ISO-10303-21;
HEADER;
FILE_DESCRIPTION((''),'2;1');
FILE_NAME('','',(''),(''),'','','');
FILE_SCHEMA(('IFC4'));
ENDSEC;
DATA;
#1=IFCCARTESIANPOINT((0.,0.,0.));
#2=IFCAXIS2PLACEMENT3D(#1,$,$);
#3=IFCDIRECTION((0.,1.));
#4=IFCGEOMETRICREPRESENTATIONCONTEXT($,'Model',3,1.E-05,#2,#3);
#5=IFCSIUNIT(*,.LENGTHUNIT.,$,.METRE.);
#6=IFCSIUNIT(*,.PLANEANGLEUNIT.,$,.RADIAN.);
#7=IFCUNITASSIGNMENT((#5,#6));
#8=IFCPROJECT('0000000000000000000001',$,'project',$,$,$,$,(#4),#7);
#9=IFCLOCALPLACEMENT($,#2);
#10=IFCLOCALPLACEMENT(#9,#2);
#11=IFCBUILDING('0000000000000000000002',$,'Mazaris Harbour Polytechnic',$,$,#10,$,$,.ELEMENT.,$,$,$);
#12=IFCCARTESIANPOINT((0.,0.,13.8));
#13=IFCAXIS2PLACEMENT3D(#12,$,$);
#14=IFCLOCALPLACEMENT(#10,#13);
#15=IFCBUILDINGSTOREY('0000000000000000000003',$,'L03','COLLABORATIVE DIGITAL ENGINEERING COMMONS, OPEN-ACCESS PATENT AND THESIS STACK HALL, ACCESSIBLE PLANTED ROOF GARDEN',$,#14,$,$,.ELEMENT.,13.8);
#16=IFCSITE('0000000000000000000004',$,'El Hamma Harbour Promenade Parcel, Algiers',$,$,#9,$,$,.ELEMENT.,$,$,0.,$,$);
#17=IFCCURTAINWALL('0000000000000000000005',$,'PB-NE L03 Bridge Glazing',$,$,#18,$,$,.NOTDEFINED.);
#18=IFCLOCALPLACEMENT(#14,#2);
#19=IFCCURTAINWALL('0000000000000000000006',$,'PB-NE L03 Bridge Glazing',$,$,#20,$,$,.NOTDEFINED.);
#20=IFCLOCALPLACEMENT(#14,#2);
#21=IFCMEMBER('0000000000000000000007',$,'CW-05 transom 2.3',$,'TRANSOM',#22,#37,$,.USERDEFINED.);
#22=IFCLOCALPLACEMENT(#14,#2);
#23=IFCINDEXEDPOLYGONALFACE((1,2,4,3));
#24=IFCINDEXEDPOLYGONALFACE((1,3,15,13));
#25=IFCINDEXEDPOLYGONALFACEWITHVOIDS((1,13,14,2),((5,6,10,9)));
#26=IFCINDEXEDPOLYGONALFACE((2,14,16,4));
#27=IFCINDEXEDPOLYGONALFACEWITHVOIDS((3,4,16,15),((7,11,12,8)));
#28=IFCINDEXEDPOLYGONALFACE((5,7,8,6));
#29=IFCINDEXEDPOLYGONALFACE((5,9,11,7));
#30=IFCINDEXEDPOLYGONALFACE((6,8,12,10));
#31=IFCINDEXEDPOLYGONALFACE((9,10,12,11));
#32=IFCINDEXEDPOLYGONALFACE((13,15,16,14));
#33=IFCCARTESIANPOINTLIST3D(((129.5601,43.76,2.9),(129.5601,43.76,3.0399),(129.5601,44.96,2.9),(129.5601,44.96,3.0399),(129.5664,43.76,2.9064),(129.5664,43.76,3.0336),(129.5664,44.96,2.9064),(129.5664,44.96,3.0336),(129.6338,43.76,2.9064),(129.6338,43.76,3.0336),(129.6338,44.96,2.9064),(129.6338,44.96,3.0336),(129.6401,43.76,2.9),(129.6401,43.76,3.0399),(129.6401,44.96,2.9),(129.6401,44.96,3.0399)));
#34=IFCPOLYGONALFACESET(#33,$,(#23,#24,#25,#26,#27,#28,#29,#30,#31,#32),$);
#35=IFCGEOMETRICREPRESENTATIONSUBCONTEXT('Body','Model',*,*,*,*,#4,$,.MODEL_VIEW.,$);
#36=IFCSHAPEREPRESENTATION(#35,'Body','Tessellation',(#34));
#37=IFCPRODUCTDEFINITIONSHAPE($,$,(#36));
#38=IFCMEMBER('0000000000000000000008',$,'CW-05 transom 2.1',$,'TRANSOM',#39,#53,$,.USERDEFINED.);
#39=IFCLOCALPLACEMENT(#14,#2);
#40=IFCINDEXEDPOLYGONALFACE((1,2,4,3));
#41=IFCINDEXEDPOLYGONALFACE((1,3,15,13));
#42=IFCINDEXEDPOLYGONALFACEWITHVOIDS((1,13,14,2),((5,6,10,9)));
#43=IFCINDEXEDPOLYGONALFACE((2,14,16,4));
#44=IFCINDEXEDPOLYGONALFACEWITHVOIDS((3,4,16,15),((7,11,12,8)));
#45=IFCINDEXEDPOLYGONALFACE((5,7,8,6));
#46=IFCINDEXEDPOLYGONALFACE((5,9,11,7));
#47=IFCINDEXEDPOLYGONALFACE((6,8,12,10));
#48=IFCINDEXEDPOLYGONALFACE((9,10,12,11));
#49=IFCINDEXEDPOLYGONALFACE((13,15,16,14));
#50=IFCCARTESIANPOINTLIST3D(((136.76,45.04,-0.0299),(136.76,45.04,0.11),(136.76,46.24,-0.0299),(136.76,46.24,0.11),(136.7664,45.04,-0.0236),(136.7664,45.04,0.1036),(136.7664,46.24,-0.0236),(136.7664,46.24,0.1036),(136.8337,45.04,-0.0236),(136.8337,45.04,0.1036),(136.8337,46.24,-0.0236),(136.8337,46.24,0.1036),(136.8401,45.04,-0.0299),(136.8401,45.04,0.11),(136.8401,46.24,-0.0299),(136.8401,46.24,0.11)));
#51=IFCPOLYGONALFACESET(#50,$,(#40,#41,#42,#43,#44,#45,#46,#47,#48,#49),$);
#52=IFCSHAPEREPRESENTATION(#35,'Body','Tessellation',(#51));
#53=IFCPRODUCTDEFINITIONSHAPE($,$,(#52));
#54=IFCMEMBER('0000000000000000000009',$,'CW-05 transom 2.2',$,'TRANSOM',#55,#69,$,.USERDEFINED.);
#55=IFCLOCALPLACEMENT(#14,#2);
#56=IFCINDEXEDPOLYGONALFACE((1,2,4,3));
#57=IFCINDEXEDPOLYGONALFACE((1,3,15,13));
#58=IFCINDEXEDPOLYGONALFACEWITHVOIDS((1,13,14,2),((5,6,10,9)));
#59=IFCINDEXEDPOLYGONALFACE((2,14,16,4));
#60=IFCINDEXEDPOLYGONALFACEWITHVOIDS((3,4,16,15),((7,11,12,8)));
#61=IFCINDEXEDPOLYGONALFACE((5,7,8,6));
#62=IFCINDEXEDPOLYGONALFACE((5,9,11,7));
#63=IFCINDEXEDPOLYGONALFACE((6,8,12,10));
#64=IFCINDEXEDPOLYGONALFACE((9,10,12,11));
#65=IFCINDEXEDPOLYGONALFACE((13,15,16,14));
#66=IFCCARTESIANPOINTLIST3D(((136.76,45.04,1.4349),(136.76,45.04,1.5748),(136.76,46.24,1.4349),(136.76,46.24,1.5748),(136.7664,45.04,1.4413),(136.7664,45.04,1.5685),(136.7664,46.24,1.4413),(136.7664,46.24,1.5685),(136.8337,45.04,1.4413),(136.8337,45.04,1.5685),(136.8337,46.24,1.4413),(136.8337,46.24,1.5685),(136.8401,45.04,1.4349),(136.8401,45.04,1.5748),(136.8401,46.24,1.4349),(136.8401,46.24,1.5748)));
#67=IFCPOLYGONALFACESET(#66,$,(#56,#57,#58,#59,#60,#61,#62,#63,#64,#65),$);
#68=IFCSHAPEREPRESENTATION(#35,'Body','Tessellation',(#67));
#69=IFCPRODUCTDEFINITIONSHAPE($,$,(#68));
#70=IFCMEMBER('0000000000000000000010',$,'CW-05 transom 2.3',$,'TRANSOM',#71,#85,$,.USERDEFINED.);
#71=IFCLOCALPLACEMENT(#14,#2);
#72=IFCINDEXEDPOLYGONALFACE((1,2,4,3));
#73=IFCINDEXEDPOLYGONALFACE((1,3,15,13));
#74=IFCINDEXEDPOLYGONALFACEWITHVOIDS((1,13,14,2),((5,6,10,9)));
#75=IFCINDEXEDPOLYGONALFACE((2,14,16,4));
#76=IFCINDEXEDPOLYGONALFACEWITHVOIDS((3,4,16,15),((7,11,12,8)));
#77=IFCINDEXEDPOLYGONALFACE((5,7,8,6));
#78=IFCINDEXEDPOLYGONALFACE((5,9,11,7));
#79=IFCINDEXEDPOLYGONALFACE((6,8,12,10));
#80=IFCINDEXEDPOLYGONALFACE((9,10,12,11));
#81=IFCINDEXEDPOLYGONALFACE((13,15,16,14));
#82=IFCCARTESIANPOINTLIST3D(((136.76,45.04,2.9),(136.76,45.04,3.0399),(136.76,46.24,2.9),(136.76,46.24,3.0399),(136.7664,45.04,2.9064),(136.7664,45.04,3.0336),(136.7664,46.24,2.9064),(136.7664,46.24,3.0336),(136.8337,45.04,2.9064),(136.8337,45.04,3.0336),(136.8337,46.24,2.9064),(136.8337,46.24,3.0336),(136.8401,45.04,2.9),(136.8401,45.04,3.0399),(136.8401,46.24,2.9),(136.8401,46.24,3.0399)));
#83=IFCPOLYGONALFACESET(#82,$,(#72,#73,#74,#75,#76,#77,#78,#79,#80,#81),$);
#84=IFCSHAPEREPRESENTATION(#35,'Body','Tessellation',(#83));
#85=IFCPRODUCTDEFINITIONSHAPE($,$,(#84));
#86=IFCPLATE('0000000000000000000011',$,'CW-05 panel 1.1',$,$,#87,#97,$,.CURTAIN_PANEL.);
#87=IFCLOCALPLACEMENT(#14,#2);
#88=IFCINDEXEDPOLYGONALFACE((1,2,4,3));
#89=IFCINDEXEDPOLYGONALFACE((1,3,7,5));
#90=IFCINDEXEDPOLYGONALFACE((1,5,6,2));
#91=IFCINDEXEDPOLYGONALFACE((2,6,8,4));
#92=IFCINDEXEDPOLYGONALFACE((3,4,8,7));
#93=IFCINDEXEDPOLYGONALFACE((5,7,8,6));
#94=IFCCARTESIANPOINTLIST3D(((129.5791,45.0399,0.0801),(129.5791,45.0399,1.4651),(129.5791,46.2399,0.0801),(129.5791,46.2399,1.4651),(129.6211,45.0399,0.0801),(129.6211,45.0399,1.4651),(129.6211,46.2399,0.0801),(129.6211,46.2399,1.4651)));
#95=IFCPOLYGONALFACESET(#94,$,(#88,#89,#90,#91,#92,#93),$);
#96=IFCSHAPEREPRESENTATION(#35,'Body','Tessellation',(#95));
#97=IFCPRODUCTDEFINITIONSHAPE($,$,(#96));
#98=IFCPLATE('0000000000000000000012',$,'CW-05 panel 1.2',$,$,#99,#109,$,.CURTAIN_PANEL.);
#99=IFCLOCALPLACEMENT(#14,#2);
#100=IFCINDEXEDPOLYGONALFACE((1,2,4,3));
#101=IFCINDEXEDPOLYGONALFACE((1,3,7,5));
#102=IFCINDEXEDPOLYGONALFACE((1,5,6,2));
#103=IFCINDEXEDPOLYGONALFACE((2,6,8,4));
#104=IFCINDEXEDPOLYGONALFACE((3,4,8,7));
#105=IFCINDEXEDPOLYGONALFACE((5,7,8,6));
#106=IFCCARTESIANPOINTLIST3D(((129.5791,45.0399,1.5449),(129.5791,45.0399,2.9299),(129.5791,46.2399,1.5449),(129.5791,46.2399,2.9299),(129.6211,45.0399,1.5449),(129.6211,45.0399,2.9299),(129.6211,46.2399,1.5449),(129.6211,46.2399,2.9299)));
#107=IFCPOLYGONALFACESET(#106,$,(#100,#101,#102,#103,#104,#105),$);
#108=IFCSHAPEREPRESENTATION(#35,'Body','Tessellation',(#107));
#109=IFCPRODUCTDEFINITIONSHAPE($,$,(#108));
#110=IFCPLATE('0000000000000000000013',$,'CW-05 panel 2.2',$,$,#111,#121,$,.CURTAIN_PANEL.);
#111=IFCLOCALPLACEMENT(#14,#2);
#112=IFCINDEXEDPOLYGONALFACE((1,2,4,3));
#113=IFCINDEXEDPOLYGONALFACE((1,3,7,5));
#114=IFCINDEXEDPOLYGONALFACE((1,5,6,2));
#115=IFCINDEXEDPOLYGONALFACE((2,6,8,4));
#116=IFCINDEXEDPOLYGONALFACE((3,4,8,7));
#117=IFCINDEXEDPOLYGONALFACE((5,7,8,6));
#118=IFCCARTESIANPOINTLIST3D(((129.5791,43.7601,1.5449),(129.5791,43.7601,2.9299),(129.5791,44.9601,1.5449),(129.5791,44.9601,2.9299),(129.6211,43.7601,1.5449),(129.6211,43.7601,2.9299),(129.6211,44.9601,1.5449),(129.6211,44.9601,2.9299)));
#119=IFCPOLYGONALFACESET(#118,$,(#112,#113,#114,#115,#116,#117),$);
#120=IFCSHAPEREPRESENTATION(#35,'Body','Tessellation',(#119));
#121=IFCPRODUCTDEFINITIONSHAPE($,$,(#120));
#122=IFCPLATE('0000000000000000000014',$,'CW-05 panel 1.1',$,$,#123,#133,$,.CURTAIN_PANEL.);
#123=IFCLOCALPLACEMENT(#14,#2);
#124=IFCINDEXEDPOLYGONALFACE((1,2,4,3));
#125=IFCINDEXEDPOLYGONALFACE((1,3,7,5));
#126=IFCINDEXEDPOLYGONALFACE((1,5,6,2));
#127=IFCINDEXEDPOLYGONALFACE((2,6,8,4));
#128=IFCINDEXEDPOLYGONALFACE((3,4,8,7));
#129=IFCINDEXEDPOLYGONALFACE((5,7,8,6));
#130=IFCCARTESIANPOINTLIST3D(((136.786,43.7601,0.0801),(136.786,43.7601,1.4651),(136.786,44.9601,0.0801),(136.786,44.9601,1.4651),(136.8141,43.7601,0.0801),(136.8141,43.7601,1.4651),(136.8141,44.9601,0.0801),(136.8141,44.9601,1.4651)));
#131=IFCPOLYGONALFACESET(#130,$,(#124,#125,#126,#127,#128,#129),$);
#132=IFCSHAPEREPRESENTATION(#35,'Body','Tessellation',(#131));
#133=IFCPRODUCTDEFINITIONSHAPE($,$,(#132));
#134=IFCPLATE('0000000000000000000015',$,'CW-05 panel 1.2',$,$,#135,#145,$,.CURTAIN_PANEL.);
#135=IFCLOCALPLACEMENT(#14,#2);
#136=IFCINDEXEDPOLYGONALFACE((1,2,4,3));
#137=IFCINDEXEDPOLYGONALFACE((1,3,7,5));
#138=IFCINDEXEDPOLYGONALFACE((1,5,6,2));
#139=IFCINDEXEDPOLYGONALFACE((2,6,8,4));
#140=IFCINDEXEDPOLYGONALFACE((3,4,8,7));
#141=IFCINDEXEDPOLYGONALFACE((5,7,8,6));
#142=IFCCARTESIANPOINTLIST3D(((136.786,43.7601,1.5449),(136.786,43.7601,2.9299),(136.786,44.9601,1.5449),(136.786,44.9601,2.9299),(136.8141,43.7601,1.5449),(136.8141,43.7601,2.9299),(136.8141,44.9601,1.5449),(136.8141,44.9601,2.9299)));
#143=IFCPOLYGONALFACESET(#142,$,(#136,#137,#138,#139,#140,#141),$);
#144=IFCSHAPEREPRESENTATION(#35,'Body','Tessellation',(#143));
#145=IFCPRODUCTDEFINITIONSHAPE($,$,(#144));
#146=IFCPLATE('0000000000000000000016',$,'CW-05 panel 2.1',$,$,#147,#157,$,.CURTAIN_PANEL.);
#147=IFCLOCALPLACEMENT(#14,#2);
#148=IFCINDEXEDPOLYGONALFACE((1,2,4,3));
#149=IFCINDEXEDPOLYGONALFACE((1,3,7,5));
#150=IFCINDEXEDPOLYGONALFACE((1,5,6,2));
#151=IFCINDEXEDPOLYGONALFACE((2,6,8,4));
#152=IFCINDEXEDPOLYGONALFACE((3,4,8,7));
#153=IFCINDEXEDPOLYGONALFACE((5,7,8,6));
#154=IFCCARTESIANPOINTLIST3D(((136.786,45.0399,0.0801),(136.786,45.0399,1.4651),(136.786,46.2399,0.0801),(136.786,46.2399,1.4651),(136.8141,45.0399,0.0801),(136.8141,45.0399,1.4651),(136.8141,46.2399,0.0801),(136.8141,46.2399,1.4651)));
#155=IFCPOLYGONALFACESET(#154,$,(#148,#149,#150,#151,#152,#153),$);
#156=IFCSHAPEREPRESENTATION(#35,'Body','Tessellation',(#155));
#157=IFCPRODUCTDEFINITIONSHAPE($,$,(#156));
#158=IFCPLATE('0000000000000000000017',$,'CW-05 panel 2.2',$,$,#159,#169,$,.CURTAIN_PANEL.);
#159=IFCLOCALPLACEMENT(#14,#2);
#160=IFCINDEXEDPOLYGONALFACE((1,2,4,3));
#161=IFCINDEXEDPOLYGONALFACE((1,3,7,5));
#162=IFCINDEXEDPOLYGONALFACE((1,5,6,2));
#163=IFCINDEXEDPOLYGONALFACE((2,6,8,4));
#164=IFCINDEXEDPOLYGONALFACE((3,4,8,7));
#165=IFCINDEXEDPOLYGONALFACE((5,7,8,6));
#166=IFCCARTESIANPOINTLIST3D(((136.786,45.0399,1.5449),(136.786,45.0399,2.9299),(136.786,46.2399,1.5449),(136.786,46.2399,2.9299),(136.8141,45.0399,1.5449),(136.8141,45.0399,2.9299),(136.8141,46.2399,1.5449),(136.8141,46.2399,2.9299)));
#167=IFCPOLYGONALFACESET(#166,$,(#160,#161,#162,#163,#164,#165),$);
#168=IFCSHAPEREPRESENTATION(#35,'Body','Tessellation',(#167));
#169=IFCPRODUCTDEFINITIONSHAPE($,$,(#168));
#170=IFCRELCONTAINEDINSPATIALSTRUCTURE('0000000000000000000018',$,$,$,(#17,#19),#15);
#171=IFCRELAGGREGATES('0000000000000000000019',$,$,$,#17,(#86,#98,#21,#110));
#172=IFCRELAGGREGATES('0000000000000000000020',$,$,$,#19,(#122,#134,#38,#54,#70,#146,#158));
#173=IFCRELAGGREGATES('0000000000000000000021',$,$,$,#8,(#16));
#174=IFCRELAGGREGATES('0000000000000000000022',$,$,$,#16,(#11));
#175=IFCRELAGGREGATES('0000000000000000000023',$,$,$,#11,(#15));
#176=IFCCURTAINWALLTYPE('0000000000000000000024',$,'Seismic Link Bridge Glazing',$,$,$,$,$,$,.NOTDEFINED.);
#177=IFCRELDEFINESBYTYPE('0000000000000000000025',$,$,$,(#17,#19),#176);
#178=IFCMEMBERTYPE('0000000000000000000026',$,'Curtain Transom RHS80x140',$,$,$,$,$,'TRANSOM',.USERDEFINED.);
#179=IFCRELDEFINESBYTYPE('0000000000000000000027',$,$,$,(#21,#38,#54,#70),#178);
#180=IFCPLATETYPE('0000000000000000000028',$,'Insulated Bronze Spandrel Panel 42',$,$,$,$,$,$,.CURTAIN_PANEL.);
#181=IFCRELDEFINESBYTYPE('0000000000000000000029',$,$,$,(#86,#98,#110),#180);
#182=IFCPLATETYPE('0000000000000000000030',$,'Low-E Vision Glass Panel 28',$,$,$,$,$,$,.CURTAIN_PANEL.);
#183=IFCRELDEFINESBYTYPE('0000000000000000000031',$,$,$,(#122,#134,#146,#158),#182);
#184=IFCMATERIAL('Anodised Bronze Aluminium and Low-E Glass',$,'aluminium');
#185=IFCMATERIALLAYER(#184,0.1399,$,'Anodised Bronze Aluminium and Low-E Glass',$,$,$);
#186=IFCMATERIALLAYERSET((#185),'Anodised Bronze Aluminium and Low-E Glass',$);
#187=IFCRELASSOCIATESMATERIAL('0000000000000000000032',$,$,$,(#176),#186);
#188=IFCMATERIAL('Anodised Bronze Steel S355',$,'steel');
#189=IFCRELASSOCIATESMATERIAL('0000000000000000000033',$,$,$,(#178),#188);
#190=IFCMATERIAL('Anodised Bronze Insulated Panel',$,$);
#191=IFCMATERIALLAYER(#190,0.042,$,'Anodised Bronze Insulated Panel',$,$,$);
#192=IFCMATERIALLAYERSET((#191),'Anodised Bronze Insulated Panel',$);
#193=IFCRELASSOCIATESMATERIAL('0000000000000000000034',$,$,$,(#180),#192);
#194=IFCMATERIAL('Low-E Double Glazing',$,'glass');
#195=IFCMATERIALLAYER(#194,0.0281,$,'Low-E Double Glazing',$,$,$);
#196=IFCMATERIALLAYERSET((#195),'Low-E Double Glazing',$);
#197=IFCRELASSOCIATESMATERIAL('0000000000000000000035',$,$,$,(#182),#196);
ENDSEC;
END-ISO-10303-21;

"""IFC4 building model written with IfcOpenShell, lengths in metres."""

from ifc_helpers import new_model, si_unit, direction, frame, origin, origin_2d, place, context, subcontext, project, spatial, rectangle, hollow_rectangle, extrude, material, layer, layer_set, material_profile, profile_set, type_object, element, aggregate, save


model = new_model("IFC4")

# Units and contexts
model_context = context("Model", 3, precision=1e-05, world=origin(), true_north=direction((0.0, 1.0)))
body_context = subcontext(model_context, "Body", "Model", "MODEL_VIEW")
ifc_project = project(units=[si_unit("LENGTHUNIT", "METRE"), si_unit("PLANEANGLEUNIT", "RADIAN")], contexts=[model_context])

# Site, building, storey
site_placement = place(None, origin())
site = spatial("IfcSite", under=ifc_project, at=site_placement, Name="El Hamma Harbour Promenade Parcel, Algiers", CompositionType="ELEMENT", RefElevation=0.0)
building_placement = place(site_placement, origin())
building = spatial("IfcBuilding", under=site, at=building_placement, Name="Mazaris Harbour Polytechnic", CompositionType="ELEMENT")
storey_placement = place(building_placement, frame((0.0, 0.0, 13.8)))
storey = spatial("IfcBuildingStorey", under=building, at=storey_placement, Name="L03", Description="COLLABORATIVE DIGITAL ENGINEERING COMMONS, OPEN-ACCESS PATENT AND THESIS STACK HALL, ACCESSIBLE PLANTED ROOF GARDEN", CompositionType="ELEMENT", Elevation=13.8)

# Curtain walls
ifc_material_1 = material(Name="Anodised Bronze Aluminium and Low-E Glass", Category="aluminium")
ifc_layer_1 = layer(ifc_material_1, 0.1399, Name="Anodised Bronze Aluminium and Low-E Glass")
ifc_layer_set_1 = layer_set([ifc_layer_1], Name="Anodised Bronze Aluminium and Low-E Glass")
curtain_wall_type = type_object("IfcCurtainWallType", Name="Seismic Link Bridge Glazing", PredefinedType="NOTDEFINED", material=ifc_layer_set_1)
curtain_wall_1_placement = place(storey_placement, origin())
curtain_wall_1 = element("IfcCurtainWall", 1, at=curtain_wall_1_placement, inside=storey, type_object=curtain_wall_type, Name="PB-NE L03 Bridge Glazing", PredefinedType="NOTDEFINED")
curtain_wall_2_placement = place(storey_placement, origin())
curtain_wall_2 = element("IfcCurtainWall", 2, at=curtain_wall_2_placement, inside=storey, type_object=curtain_wall_type, Name="PB-NE L03 Bridge Glazing", PredefinedType="NOTDEFINED")

# Members
ifc_material_2 = material(Name="Anodised Bronze Steel S355", Category="steel")
ifc_material_profile_1 = material_profile(ifc_material_2, hollow_rectangle(XDim=0.0801, YDim=0.1399, WallThickness=0.0063, at=origin_2d()), Name="RHS 80x140x6.3")
ifc_profile_set_1 = profile_set([ifc_material_profile_1], Name="Anodised Bronze Steel S355")
member_type_1 = type_object("IfcMemberType", Name="Curtain Transom RHS80x140", ElementType="TRANSOM", PredefinedType="USERDEFINED", material=ifc_profile_set_1)
member_1_placement = place(storey_placement, frame((129.6001, 44.96, 2.97), z_axis=(0.0, -1.0, 0.0), x_axis=(1.0, 0.0, 0.0)))
member_1 = element("IfcMember", 3, at=member_1_placement, type_object=member_type_1, Name="CW-05 transom 2.3", ObjectType="TRANSOM", PredefinedType="USERDEFINED", context=body_context, shape_type="SweptSolid", body=[
    extrude(hollow_rectangle(XDim=0.0801, YDim=0.1399, WallThickness=0.0063, at=origin_2d()), origin(), (0.0, 0.0, 1.0), 1.2),
])
member_2_placement = place(storey_placement, frame((136.8, 45.04, 0.04), z_axis=(0.0, 1.0, 0.0), x_axis=(-1.0, 0.0, 0.0)))
member_2 = element("IfcMember", 4, at=member_2_placement, type_object=member_type_1, Name="CW-05 transom 2.1", ObjectType="TRANSOM", PredefinedType="USERDEFINED", context=body_context, shape_type="SweptSolid", body=[
    extrude(hollow_rectangle(XDim=0.0801, YDim=0.1399, WallThickness=0.0063, at=origin_2d()), origin(), (0.0, 0.0, 1.0), 1.2),
])
member_3_placement = place(storey_placement, frame((136.8, 45.04, 1.5049), z_axis=(0.0, 1.0, 0.0), x_axis=(-1.0, 0.0, 0.0)))
member_3 = element("IfcMember", 5, at=member_3_placement, type_object=member_type_1, Name="CW-05 transom 2.2", ObjectType="TRANSOM", PredefinedType="USERDEFINED", context=body_context, shape_type="SweptSolid", body=[
    extrude(hollow_rectangle(XDim=0.0801, YDim=0.1399, WallThickness=0.0063, at=origin_2d()), origin(), (0.0, 0.0, 1.0), 1.2),
])
member_4_placement = place(storey_placement, frame((136.8, 45.04, 2.97), z_axis=(0.0, 1.0, 0.0), x_axis=(-1.0, 0.0, 0.0)))
member_4 = element("IfcMember", 6, at=member_4_placement, type_object=member_type_1, Name="CW-05 transom 2.3", ObjectType="TRANSOM", PredefinedType="USERDEFINED", context=body_context, shape_type="SweptSolid", body=[
    extrude(hollow_rectangle(XDim=0.0801, YDim=0.1399, WallThickness=0.0063, at=origin_2d()), origin(), (0.0, 0.0, 1.0), 1.2),
])

# Plates
ifc_material_3 = material(Name="Anodised Bronze Insulated Panel")
ifc_layer_2 = layer(ifc_material_3, 0.042, Name="Anodised Bronze Insulated Panel")
ifc_layer_set_2 = layer_set([ifc_layer_2], Name="Anodised Bronze Insulated Panel")
plate_type_1 = type_object("IfcPlateType", Name="Insulated Bronze Spandrel Panel 42", PredefinedType="CURTAIN_PANEL", material=ifc_layer_set_2)
plate_1_placement = place(storey_placement, frame((129.6001, 45.6399, 0.0801), z_axis=(0.0, 0.0, 1.0), x_axis=(0.0, -1.0, 0.0)))
plate_1 = element("IfcPlate", 7, at=plate_1_placement, type_object=plate_type_1, Name="CW-05 panel 1.1", PredefinedType="CURTAIN_PANEL", context=body_context, shape_type="SweptSolid", body=[
    extrude(rectangle(XDim=1.2, YDim=0.042, at=origin_2d()), origin(), (0.0, 0.0, 1.0), 1.385),
])
plate_2_placement = place(storey_placement, frame((129.6001, 45.6399, 1.5449), z_axis=(0.0, 0.0, 1.0), x_axis=(0.0, -1.0, 0.0)))
plate_2 = element("IfcPlate", 8, at=plate_2_placement, type_object=plate_type_1, Name="CW-05 panel 1.2", PredefinedType="CURTAIN_PANEL", context=body_context, shape_type="SweptSolid", body=[
    extrude(rectangle(XDim=1.2, YDim=0.042, at=origin_2d()), origin(), (0.0, 0.0, 1.0), 1.385),
])
plate_3_placement = place(storey_placement, frame((129.6001, 44.3601, 1.5449), z_axis=(0.0, 0.0, 1.0), x_axis=(0.0, -1.0, 0.0)))
plate_3 = element("IfcPlate", 9, at=plate_3_placement, type_object=plate_type_1, Name="CW-05 panel 2.2", PredefinedType="CURTAIN_PANEL", context=body_context, shape_type="SweptSolid", body=[
    extrude(rectangle(XDim=1.2, YDim=0.042, at=origin_2d()), origin(), (0.0, 0.0, 1.0), 1.385),
])
aggregate(curtain_wall_1, [plate_1, plate_2, member_1, plate_3])
ifc_material_4 = material(Name="Low-E Double Glazing", Category="glass")
ifc_layer_3 = layer(ifc_material_4, 0.0281, Name="Low-E Double Glazing")
ifc_layer_set_3 = layer_set([ifc_layer_3], Name="Low-E Double Glazing")
plate_type_2 = type_object("IfcPlateType", Name="Low-E Vision Glass Panel 28", PredefinedType="CURTAIN_PANEL", material=ifc_layer_set_3)
plate_4_placement = place(storey_placement, frame((136.8, 44.3601, 0.0801), z_axis=(0.0, 0.0, 1.0), x_axis=(0.0, 1.0, 0.0)))
plate_4 = element("IfcPlate", 10, at=plate_4_placement, type_object=plate_type_2, Name="CW-05 panel 1.1", PredefinedType="CURTAIN_PANEL", context=body_context, shape_type="SweptSolid", body=[
    extrude(rectangle(XDim=1.2, YDim=0.0281, at=origin_2d()), origin(), (0.0, 0.0, 1.0), 1.385),
])
plate_5_placement = place(storey_placement, frame((136.8, 44.3601, 1.5449), z_axis=(0.0, 0.0, 1.0), x_axis=(0.0, 1.0, 0.0)))
plate_5 = element("IfcPlate", 11, at=plate_5_placement, type_object=plate_type_2, Name="CW-05 panel 1.2", PredefinedType="CURTAIN_PANEL", context=body_context, shape_type="SweptSolid", body=[
    extrude(rectangle(XDim=1.2, YDim=0.0281, at=origin_2d()), origin(), (0.0, 0.0, 1.0), 1.385),
])
plate_6_placement = place(storey_placement, frame((136.8, 45.6399, 0.0801), z_axis=(0.0, 0.0, 1.0), x_axis=(0.0, 1.0, 0.0)))
plate_6 = element("IfcPlate", 12, at=plate_6_placement, type_object=plate_type_2, Name="CW-05 panel 2.1", PredefinedType="CURTAIN_PANEL", context=body_context, shape_type="SweptSolid", body=[
    extrude(rectangle(XDim=1.2, YDim=0.0281, at=origin_2d()), origin(), (0.0, 0.0, 1.0), 1.385),
])
plate_7_placement = place(storey_placement, frame((136.8, 45.6399, 1.5449), z_axis=(0.0, 0.0, 1.0), x_axis=(0.0, 1.0, 0.0)))
plate_7 = element("IfcPlate", 13, at=plate_7_placement, type_object=plate_type_2, Name="CW-05 panel 2.2", PredefinedType="CURTAIN_PANEL", context=body_context, shape_type="SweptSolid", body=[
    extrude(rectangle(XDim=1.2, YDim=0.0281, at=origin_2d()), origin(), (0.0, 0.0, 1.0), 1.385),
])
aggregate(curtain_wall_2, [plate_4, plate_5, member_2, member_3, member_4, plate_6, plate_7])

save(model, "model.ifc")
